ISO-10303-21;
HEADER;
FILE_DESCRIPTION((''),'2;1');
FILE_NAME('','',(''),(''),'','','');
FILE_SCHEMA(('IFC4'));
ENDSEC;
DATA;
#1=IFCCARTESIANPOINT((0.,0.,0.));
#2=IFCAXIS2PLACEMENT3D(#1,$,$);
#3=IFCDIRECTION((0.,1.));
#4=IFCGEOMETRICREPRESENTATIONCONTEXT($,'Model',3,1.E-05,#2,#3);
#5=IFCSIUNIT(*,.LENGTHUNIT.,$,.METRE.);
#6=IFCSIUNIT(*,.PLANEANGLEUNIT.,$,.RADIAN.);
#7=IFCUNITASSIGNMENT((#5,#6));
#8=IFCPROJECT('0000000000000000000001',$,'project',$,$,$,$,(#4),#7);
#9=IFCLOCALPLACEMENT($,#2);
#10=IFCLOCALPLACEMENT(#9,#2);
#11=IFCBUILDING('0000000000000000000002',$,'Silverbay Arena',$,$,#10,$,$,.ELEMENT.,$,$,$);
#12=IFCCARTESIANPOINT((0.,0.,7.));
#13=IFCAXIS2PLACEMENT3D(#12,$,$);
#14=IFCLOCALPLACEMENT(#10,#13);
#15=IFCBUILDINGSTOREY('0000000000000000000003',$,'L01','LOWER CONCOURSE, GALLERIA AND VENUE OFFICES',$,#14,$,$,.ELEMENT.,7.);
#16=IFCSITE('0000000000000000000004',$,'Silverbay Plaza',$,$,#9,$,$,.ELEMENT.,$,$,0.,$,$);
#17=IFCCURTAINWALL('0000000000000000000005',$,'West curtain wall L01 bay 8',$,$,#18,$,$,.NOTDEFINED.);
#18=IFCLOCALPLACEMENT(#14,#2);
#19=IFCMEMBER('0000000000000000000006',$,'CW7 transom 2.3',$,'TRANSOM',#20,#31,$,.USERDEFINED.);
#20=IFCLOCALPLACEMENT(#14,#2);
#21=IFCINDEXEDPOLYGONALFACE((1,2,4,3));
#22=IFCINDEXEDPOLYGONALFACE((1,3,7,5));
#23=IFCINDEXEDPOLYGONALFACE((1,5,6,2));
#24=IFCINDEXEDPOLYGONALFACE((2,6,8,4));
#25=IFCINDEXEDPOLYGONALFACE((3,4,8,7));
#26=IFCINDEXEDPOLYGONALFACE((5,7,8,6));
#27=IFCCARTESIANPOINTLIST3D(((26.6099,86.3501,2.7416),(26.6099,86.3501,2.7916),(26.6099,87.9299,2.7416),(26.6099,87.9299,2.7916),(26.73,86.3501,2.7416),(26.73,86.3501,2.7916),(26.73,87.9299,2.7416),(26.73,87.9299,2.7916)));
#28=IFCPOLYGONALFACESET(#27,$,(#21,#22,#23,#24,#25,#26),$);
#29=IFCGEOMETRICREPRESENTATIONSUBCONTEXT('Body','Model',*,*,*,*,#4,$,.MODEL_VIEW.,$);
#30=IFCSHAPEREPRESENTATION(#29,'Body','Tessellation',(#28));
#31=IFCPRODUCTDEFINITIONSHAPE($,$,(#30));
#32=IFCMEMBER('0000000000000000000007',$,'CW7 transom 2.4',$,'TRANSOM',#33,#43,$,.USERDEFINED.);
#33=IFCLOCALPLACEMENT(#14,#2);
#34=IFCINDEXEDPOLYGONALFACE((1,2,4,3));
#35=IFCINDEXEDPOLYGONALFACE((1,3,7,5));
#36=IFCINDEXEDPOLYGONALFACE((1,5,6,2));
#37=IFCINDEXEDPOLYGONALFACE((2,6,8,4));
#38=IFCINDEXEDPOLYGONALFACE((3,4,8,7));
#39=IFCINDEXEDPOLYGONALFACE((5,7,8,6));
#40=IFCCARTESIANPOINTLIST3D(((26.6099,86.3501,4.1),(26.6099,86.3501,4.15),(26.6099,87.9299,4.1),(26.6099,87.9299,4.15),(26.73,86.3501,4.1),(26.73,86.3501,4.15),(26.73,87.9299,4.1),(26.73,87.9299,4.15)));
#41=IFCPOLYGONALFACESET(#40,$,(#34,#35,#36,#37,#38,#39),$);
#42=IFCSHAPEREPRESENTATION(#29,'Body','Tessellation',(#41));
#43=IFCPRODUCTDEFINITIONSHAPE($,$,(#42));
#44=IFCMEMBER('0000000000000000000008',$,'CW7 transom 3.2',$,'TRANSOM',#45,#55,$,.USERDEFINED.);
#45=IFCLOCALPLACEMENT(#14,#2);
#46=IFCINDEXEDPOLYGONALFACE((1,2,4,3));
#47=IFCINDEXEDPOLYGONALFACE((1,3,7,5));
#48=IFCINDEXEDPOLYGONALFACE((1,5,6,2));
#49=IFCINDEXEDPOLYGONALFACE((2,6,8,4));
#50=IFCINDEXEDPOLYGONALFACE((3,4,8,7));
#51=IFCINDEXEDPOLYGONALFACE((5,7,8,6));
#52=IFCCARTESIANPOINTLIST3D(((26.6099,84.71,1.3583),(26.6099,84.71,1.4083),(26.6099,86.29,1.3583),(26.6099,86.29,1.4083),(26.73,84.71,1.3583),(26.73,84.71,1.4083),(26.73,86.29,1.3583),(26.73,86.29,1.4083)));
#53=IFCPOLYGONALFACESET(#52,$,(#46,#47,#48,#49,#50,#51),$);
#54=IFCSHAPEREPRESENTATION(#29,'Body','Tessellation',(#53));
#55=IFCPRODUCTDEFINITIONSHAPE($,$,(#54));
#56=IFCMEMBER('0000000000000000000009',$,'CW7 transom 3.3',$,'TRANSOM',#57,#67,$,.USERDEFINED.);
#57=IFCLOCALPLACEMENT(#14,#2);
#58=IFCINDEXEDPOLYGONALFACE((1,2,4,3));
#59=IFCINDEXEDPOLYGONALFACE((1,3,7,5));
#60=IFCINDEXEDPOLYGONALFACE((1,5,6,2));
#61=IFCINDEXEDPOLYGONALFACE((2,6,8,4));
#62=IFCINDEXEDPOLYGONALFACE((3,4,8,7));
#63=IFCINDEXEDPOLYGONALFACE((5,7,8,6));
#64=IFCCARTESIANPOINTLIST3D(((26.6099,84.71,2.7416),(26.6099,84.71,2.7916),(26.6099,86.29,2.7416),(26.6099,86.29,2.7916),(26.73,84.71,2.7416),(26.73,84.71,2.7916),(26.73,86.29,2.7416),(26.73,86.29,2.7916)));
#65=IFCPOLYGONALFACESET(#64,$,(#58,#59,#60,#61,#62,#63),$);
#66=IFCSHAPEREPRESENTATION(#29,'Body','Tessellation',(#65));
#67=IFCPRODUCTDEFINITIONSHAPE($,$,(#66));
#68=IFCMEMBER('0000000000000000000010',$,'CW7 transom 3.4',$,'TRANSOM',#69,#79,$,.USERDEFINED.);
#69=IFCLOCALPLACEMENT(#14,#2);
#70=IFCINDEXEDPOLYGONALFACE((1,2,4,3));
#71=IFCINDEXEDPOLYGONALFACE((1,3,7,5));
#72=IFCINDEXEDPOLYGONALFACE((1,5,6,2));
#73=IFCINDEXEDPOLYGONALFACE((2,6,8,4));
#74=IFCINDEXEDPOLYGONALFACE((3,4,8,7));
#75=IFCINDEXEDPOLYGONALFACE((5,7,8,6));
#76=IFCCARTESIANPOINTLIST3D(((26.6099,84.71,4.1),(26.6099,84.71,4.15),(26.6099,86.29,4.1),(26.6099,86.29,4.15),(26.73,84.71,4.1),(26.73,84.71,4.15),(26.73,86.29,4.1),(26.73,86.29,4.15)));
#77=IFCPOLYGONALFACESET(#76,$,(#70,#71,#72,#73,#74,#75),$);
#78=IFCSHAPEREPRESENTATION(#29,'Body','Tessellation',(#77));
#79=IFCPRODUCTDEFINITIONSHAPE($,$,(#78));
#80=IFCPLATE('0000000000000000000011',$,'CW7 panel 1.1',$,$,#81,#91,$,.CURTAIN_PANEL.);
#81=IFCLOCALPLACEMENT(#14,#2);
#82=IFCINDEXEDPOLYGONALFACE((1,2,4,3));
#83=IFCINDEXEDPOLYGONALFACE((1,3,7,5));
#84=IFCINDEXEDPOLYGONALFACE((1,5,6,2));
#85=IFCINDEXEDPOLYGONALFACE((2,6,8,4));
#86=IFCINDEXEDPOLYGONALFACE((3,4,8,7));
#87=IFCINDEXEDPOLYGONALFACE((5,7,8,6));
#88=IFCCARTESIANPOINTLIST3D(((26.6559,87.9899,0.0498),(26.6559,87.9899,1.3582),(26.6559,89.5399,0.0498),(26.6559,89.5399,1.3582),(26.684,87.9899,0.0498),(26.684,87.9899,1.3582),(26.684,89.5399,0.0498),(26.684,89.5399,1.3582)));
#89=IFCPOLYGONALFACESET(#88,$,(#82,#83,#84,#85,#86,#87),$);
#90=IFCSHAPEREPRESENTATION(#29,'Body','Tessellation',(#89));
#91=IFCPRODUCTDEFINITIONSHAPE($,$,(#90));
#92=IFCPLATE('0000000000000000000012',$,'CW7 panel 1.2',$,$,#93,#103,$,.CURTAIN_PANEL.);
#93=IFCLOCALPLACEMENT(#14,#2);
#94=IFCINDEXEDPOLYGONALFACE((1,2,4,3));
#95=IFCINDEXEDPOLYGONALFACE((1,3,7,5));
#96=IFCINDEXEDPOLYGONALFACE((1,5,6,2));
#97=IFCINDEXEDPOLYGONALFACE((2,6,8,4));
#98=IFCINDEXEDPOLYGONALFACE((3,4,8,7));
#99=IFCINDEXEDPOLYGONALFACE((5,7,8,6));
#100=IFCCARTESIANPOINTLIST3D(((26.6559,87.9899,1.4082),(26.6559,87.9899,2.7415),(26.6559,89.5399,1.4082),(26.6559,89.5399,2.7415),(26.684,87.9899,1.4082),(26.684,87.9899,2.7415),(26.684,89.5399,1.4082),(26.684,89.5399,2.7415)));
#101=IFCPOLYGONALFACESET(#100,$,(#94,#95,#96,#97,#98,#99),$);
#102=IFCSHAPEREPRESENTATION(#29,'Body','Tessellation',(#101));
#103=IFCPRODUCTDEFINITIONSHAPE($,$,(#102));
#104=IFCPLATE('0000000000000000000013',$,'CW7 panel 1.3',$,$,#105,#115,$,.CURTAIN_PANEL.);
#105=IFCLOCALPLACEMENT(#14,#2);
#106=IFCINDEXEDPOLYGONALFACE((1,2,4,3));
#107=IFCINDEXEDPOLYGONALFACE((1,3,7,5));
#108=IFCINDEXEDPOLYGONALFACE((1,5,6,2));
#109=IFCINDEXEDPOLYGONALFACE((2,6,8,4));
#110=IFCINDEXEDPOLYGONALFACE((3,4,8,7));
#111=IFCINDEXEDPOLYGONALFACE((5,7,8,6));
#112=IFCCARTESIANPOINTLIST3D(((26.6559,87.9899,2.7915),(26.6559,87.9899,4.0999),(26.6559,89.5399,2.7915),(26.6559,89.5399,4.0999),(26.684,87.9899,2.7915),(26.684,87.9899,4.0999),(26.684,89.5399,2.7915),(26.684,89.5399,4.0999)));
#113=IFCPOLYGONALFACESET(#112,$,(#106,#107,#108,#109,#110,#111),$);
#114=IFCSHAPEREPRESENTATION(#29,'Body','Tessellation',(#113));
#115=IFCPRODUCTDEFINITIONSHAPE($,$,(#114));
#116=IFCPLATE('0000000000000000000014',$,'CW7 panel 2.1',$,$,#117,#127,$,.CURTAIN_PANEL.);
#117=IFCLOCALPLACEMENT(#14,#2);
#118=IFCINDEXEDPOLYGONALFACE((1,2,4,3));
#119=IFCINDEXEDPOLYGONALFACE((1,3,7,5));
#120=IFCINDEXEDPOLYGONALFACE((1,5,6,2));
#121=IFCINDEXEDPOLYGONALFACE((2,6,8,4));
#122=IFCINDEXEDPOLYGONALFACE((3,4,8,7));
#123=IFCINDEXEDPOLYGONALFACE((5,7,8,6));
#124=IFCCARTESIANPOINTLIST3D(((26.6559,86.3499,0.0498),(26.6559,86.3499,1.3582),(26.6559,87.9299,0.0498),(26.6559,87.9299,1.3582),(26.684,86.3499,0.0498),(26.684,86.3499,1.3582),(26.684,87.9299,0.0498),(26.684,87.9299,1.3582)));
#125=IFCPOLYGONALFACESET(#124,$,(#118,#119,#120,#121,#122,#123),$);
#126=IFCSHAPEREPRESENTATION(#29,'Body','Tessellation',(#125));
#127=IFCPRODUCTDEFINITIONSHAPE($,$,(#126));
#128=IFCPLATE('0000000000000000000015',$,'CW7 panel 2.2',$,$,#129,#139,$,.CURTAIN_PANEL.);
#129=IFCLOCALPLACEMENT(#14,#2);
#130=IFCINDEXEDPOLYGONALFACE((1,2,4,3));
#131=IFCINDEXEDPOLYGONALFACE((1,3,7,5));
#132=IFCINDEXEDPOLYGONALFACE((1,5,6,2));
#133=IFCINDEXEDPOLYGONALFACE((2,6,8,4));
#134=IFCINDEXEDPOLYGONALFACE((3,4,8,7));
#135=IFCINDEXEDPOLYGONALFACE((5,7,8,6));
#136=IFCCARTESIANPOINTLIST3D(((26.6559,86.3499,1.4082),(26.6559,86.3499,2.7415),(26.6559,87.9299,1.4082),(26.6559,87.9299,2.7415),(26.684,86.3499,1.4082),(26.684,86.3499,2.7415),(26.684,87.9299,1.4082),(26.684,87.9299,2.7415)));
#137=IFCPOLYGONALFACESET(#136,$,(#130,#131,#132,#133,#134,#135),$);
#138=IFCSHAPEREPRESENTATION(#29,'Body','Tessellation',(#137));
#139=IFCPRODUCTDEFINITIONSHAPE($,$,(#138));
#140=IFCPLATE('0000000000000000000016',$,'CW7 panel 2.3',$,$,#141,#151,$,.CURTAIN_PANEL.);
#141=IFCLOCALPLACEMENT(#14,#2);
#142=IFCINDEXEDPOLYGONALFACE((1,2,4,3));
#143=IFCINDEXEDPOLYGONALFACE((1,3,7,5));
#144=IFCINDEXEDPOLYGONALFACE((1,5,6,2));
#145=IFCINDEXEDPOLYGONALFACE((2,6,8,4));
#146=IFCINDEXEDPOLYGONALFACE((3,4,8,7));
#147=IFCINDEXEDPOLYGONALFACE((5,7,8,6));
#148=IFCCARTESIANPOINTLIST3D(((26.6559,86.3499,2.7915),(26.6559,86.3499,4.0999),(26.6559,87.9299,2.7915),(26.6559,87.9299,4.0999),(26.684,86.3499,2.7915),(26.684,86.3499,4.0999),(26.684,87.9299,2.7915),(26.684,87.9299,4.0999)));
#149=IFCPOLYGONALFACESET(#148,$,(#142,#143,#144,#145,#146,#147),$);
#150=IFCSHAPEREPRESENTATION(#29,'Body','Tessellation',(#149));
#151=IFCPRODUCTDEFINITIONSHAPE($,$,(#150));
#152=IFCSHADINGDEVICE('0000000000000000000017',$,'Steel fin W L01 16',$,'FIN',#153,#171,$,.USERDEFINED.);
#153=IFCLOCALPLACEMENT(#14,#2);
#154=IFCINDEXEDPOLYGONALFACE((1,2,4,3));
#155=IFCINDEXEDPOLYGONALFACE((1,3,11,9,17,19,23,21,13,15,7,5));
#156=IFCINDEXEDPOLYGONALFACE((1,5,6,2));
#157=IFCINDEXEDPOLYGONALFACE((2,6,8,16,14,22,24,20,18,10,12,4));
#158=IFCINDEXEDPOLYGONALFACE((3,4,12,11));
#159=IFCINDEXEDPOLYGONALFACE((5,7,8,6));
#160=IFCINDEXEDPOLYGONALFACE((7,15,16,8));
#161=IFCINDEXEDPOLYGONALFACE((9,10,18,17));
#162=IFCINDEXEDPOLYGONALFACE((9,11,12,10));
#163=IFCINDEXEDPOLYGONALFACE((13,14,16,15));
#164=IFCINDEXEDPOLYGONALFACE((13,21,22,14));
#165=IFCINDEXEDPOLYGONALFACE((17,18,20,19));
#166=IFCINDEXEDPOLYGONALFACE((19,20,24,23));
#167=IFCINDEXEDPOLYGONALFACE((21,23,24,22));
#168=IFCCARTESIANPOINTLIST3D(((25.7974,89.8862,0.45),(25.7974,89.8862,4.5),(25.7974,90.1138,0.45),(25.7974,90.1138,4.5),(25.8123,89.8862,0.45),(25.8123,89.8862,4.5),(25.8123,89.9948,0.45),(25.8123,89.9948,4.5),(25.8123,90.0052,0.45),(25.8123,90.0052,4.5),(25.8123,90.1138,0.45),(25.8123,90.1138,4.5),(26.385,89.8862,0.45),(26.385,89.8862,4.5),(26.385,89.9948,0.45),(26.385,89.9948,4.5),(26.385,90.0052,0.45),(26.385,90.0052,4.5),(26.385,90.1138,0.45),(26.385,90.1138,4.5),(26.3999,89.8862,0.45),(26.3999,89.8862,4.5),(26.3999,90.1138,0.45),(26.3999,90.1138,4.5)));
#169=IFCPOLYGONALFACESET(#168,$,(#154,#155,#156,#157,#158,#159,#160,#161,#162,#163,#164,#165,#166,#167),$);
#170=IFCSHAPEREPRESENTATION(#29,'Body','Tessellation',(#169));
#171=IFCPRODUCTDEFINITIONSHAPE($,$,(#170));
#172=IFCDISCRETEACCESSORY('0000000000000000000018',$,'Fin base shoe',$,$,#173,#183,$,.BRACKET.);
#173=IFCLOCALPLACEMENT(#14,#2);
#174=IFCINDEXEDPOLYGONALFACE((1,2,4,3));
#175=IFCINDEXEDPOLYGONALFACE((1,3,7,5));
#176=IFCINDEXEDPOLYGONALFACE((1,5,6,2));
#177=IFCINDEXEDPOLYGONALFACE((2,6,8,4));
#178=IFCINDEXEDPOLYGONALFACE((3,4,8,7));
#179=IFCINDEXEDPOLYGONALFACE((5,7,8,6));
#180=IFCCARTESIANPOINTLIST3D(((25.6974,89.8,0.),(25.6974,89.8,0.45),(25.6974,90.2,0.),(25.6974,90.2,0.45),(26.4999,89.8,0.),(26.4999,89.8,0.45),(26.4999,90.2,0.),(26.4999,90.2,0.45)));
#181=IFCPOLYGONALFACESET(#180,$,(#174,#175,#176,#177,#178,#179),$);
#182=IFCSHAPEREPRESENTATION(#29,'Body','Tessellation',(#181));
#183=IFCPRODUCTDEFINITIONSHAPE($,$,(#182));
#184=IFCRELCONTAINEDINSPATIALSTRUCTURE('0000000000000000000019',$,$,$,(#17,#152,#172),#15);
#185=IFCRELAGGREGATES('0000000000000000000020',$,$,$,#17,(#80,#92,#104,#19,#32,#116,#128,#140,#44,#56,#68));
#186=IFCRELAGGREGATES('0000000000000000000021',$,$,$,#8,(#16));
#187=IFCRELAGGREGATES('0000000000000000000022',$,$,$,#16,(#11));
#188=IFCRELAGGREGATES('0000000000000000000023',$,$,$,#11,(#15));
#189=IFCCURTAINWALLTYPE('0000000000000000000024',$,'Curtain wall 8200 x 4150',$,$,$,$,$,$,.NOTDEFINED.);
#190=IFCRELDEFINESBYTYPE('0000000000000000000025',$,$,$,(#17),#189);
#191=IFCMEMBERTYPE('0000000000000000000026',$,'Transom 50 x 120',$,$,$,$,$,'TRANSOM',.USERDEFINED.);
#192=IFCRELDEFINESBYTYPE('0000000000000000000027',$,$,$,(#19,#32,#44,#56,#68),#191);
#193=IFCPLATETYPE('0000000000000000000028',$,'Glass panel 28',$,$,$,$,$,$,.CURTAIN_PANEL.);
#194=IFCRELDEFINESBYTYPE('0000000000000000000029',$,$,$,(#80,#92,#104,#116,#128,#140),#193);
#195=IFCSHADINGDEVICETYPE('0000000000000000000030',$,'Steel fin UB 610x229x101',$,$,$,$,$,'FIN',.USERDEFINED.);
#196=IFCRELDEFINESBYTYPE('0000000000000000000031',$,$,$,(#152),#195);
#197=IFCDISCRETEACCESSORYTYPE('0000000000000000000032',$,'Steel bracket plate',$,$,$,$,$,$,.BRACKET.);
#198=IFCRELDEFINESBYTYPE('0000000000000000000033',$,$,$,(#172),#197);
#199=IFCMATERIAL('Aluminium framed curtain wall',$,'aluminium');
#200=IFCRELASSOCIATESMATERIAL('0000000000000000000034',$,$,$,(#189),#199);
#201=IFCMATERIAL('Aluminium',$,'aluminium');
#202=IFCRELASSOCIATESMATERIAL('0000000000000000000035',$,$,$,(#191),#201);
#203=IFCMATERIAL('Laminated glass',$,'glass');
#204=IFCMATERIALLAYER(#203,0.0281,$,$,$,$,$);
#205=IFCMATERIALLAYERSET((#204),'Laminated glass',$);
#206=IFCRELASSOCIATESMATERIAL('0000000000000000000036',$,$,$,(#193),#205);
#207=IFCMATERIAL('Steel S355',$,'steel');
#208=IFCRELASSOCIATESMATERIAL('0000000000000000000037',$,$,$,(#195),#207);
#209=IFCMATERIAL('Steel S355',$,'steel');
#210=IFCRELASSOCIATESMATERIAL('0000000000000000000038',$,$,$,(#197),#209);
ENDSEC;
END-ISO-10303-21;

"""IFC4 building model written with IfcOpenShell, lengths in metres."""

from ifc_helpers import new_model, si_unit, direction, frame, origin, origin_2d, place, context, subcontext, project, spatial, rectangle, i_section, extrude, material, layer, layer_set, material_profile, profile_set, type_object, element, aggregate, save


model = new_model("IFC4")

# Units and contexts
model_context = context("Model", 3, precision=1e-05, world=origin(), true_north=direction((0.0, 1.0)))
body_context = subcontext(model_context, "Body", "Model", "MODEL_VIEW")
ifc_project = project(units=[si_unit("LENGTHUNIT", "METRE"), si_unit("PLANEANGLEUNIT", "RADIAN")], contexts=[model_context])

# Site, building, storey
site_placement = place(None, origin())
site = spatial("IfcSite", under=ifc_project, at=site_placement, Name="Silverbay Plaza", CompositionType="ELEMENT", RefElevation=0.0)
building_placement = place(site_placement, origin())
building = spatial("IfcBuilding", under=site, at=building_placement, Name="Silverbay Arena", CompositionType="ELEMENT")
storey_placement = place(building_placement, frame((0.0, 0.0, 7.0)))
storey = spatial("IfcBuildingStorey", under=building, at=storey_placement, Name="L01", Description="LOWER CONCOURSE, GALLERIA AND VENUE OFFICES", CompositionType="ELEMENT", Elevation=7.0)

# Curtain wall
ifc_material_1 = material(Name="Aluminium framed curtain wall", Category="aluminium")
curtain_wall_type = type_object("IfcCurtainWallType", Name="Curtain wall 8200 x 4150", PredefinedType="NOTDEFINED", material=ifc_material_1)
curtain_wall_1_placement = place(storey_placement, origin())
curtain_wall_1 = element("IfcCurtainWall", 1, at=curtain_wall_1_placement, inside=storey, type_object=curtain_wall_type, Name="West curtain wall L01 bay 8", PredefinedType="NOTDEFINED")

# Members
ifc_material_2 = material(Name="Aluminium", Category="aluminium")
ifc_material_profile_1 = material_profile(ifc_material_2, rectangle(XDim=0.1201, YDim=0.05, at=origin_2d()), Name="Transom 50 x 120")
ifc_profile_set_1 = profile_set([ifc_material_profile_1], Name="Aluminium")
member_type_1 = type_object("IfcMemberType", Name="Transom 50 x 120", ElementType="TRANSOM", PredefinedType="USERDEFINED", material=ifc_profile_set_1)
member_1_placement = place(storey_placement, frame((26.6699, 87.9299, 2.7666), z_axis=(0.0, -1.0, 0.0), x_axis=(1.0, 0.0, 0.0)))
member_1 = element("IfcMember", 2, at=member_1_placement, type_object=member_type_1, Name="CW7 transom 2.3", ObjectType="TRANSOM", PredefinedType="USERDEFINED", context=body_context, shape_type="SweptSolid", body=[
    extrude(rectangle(XDim=0.1201, YDim=0.05, at=origin_2d()), origin(), (0.0, 0.0, 1.0), 1.5798),
])
member_2_placement = place(storey_placement, frame((26.6699, 87.9299, 4.125), z_axis=(0.0, -1.0, 0.0), x_axis=(1.0, 0.0, 0.0)))
member_2 = element("IfcMember", 3, at=member_2_placement, type_object=member_type_1, Name="CW7 transom 2.4", ObjectType="TRANSOM", PredefinedType="USERDEFINED", context=body_context, shape_type="SweptSolid", body=[
    extrude(rectangle(XDim=0.1201, YDim=0.05, at=origin_2d()), origin(), (0.0, 0.0, 1.0), 1.5798),
])
member_3_placement = place(storey_placement, frame((26.6699, 86.29, 1.3833), z_axis=(0.0, -1.0, 0.0), x_axis=(1.0, 0.0, 0.0)))
member_3 = element("IfcMember", 4, at=member_3_placement, type_object=member_type_1, Name="CW7 transom 3.2", ObjectType="TRANSOM", PredefinedType="USERDEFINED", context=body_context, shape_type="SweptSolid", body=[
    extrude(rectangle(XDim=0.1201, YDim=0.05, at=origin_2d()), origin(), (0.0, 0.0, 1.0), 1.5801),
])
member_4_placement = place(storey_placement, frame((26.6699, 86.29, 2.7666), z_axis=(0.0, -1.0, 0.0), x_axis=(1.0, 0.0, 0.0)))
member_4 = element("IfcMember", 5, at=member_4_placement, type_object=member_type_1, Name="CW7 transom 3.3", ObjectType="TRANSOM", PredefinedType="USERDEFINED", context=body_context, shape_type="SweptSolid", body=[
    extrude(rectangle(XDim=0.1201, YDim=0.05, at=origin_2d()), origin(), (0.0, 0.0, 1.0), 1.5801),
])
member_5_placement = place(storey_placement, frame((26.6699, 86.29, 4.125), z_axis=(0.0, -1.0, 0.0), x_axis=(1.0, 0.0, 0.0)))
member_5 = element("IfcMember", 6, at=member_5_placement, type_object=member_type_1, Name="CW7 transom 3.4", ObjectType="TRANSOM", PredefinedType="USERDEFINED", context=body_context, shape_type="SweptSolid", body=[
    extrude(rectangle(XDim=0.1201, YDim=0.05, at=origin_2d()), origin(), (0.0, 0.0, 1.0), 1.5801),
])

# Plates
ifc_material_3 = material(Name="Laminated glass", Category="glass")
ifc_layer = layer(ifc_material_3, 0.0281)
ifc_layer_set = layer_set([ifc_layer], Name="Laminated glass")
plate_type = type_object("IfcPlateType", Name="Glass panel 28", PredefinedType="CURTAIN_PANEL", material=ifc_layer_set)
plate_1_placement = place(storey_placement, frame((26.6699, 88.7649, 0.0498), z_axis=(0.0, 0.0, 1.0), x_axis=(0.0, -1.0, 0.0)))
plate_1 = element("IfcPlate", 7, at=plate_1_placement, type_object=plate_type, Name="CW7 panel 1.1", PredefinedType="CURTAIN_PANEL", context=body_context, shape_type="SweptSolid", body=[
    extrude(rectangle(XDim=1.55, YDim=0.0281, at=origin_2d()), origin(), (0.0, 0.0, 1.0), 1.3083),
])
plate_2_placement = place(storey_placement, frame((26.6699, 88.7649, 1.4082), z_axis=(0.0, 0.0, 1.0), x_axis=(0.0, -1.0, 0.0)))
plate_2 = element("IfcPlate", 8, at=plate_2_placement, type_object=plate_type, Name="CW7 panel 1.2", PredefinedType="CURTAIN_PANEL", context=body_context, shape_type="SweptSolid", body=[
    extrude(rectangle(XDim=1.55, YDim=0.0281, at=origin_2d()), origin(), (0.0, 0.0, 1.0), 1.3333),
])
plate_3_placement = place(storey_placement, frame((26.6699, 88.7649, 2.7915), z_axis=(0.0, 0.0, 1.0), x_axis=(0.0, -1.0, 0.0)))
plate_3 = element("IfcPlate", 9, at=plate_3_placement, type_object=plate_type, Name="CW7 panel 1.3", PredefinedType="CURTAIN_PANEL", context=body_context, shape_type="SweptSolid", body=[
    extrude(rectangle(XDim=1.55, YDim=0.0281, at=origin_2d()), origin(), (0.0, 0.0, 1.0), 1.3083),
])
plate_4_placement = place(storey_placement, frame((26.6699, 87.1399, 0.0498), z_axis=(0.0, 0.0, 1.0), x_axis=(0.0, -1.0, 0.0)))
plate_4 = element("IfcPlate", 10, at=plate_4_placement, type_object=plate_type, Name="CW7 panel 2.1", PredefinedType="CURTAIN_PANEL", context=body_context, shape_type="SweptSolid", body=[
    extrude(rectangle(XDim=1.5801, YDim=0.0281, at=origin_2d()), origin(), (0.0, 0.0, 1.0), 1.3083),
])
plate_5_placement = place(storey_placement, frame((26.6699, 87.1399, 1.4082), z_axis=(0.0, 0.0, 1.0), x_axis=(0.0, -1.0, 0.0)))
plate_5 = element("IfcPlate", 11, at=plate_5_placement, type_object=plate_type, Name="CW7 panel 2.2", PredefinedType="CURTAIN_PANEL", context=body_context, shape_type="SweptSolid", body=[
    extrude(rectangle(XDim=1.5801, YDim=0.0281, at=origin_2d()), origin(), (0.0, 0.0, 1.0), 1.3333),
])
plate_6_placement = place(storey_placement, frame((26.6699, 87.1399, 2.7915), z_axis=(0.0, 0.0, 1.0), x_axis=(0.0, -1.0, 0.0)))
plate_6 = element("IfcPlate", 12, at=plate_6_placement, type_object=plate_type, Name="CW7 panel 2.3", PredefinedType="CURTAIN_PANEL", context=body_context, shape_type="SweptSolid", body=[
    extrude(rectangle(XDim=1.5801, YDim=0.0281, at=origin_2d()), origin(), (0.0, 0.0, 1.0), 1.3083),
])
aggregate(curtain_wall_1, [plate_1, plate_2, plate_3, member_1, member_2, plate_4, plate_5, plate_6, member_3, member_4, member_5])

# Shading device
ifc_material_4 = material(Name="Steel S355", Category="steel")
ifc_material_profile_2 = material_profile(ifc_material_4, i_section(OverallWidth=0.2275, OverallDepth=0.6025, WebThickness=0.0105, FlangeThickness=0.0149, at=origin_2d()), Name="UB 610x229x101")
ifc_profile_set_2 = profile_set([ifc_material_profile_2], Name="Steel S355")
shading_device_type = type_object("IfcShadingDeviceType", Name="Steel fin UB 610x229x101", ElementType="FIN", PredefinedType="USERDEFINED", material=ifc_profile_set_2)
shading_device_placement = place(storey_placement, frame((26.0986, 90.0, 0.45), z_axis=(0.0, 0.0, 1.0), x_axis=(0.0, 1.0, 0.0)))
element("IfcShadingDevice", 13, at=shading_device_placement, inside=storey, type_object=shading_device_type, Name="Steel fin W L01 16", ObjectType="FIN", PredefinedType="USERDEFINED", context=body_context, shape_type="SweptSolid", body=[
    extrude(i_section(OverallWidth=0.2275, OverallDepth=0.6025, WebThickness=0.0105, FlangeThickness=0.0149, at=origin_2d()), origin(), (0.0, 0.0, 1.0), 4.05),
])

# Discrete accessory
ifc_material_5 = material(Name="Steel S355", Category="steel")
discrete_accessory_type = type_object("IfcDiscreteAccessoryType", Name="Steel bracket plate", PredefinedType="BRACKET", material=ifc_material_5)
discrete_accessory_1_placement = place(storey_placement, frame((26.0986, 90.0, 0.0), z_axis=(0.0, 0.0, 1.0), x_axis=(1.0, 0.0, 0.0)))
element("IfcDiscreteAccessory", 14, at=discrete_accessory_1_placement, inside=storey, type_object=discrete_accessory_type, Name="Fin base shoe", PredefinedType="BRACKET", context=body_context, shape_type="SweptSolid", body=[
    extrude(rectangle(XDim=0.8025, YDim=0.3999, at=origin_2d()), origin(), (0.0, 0.0, 1.0), 0.45),
])

save(model, "model.ifc")
